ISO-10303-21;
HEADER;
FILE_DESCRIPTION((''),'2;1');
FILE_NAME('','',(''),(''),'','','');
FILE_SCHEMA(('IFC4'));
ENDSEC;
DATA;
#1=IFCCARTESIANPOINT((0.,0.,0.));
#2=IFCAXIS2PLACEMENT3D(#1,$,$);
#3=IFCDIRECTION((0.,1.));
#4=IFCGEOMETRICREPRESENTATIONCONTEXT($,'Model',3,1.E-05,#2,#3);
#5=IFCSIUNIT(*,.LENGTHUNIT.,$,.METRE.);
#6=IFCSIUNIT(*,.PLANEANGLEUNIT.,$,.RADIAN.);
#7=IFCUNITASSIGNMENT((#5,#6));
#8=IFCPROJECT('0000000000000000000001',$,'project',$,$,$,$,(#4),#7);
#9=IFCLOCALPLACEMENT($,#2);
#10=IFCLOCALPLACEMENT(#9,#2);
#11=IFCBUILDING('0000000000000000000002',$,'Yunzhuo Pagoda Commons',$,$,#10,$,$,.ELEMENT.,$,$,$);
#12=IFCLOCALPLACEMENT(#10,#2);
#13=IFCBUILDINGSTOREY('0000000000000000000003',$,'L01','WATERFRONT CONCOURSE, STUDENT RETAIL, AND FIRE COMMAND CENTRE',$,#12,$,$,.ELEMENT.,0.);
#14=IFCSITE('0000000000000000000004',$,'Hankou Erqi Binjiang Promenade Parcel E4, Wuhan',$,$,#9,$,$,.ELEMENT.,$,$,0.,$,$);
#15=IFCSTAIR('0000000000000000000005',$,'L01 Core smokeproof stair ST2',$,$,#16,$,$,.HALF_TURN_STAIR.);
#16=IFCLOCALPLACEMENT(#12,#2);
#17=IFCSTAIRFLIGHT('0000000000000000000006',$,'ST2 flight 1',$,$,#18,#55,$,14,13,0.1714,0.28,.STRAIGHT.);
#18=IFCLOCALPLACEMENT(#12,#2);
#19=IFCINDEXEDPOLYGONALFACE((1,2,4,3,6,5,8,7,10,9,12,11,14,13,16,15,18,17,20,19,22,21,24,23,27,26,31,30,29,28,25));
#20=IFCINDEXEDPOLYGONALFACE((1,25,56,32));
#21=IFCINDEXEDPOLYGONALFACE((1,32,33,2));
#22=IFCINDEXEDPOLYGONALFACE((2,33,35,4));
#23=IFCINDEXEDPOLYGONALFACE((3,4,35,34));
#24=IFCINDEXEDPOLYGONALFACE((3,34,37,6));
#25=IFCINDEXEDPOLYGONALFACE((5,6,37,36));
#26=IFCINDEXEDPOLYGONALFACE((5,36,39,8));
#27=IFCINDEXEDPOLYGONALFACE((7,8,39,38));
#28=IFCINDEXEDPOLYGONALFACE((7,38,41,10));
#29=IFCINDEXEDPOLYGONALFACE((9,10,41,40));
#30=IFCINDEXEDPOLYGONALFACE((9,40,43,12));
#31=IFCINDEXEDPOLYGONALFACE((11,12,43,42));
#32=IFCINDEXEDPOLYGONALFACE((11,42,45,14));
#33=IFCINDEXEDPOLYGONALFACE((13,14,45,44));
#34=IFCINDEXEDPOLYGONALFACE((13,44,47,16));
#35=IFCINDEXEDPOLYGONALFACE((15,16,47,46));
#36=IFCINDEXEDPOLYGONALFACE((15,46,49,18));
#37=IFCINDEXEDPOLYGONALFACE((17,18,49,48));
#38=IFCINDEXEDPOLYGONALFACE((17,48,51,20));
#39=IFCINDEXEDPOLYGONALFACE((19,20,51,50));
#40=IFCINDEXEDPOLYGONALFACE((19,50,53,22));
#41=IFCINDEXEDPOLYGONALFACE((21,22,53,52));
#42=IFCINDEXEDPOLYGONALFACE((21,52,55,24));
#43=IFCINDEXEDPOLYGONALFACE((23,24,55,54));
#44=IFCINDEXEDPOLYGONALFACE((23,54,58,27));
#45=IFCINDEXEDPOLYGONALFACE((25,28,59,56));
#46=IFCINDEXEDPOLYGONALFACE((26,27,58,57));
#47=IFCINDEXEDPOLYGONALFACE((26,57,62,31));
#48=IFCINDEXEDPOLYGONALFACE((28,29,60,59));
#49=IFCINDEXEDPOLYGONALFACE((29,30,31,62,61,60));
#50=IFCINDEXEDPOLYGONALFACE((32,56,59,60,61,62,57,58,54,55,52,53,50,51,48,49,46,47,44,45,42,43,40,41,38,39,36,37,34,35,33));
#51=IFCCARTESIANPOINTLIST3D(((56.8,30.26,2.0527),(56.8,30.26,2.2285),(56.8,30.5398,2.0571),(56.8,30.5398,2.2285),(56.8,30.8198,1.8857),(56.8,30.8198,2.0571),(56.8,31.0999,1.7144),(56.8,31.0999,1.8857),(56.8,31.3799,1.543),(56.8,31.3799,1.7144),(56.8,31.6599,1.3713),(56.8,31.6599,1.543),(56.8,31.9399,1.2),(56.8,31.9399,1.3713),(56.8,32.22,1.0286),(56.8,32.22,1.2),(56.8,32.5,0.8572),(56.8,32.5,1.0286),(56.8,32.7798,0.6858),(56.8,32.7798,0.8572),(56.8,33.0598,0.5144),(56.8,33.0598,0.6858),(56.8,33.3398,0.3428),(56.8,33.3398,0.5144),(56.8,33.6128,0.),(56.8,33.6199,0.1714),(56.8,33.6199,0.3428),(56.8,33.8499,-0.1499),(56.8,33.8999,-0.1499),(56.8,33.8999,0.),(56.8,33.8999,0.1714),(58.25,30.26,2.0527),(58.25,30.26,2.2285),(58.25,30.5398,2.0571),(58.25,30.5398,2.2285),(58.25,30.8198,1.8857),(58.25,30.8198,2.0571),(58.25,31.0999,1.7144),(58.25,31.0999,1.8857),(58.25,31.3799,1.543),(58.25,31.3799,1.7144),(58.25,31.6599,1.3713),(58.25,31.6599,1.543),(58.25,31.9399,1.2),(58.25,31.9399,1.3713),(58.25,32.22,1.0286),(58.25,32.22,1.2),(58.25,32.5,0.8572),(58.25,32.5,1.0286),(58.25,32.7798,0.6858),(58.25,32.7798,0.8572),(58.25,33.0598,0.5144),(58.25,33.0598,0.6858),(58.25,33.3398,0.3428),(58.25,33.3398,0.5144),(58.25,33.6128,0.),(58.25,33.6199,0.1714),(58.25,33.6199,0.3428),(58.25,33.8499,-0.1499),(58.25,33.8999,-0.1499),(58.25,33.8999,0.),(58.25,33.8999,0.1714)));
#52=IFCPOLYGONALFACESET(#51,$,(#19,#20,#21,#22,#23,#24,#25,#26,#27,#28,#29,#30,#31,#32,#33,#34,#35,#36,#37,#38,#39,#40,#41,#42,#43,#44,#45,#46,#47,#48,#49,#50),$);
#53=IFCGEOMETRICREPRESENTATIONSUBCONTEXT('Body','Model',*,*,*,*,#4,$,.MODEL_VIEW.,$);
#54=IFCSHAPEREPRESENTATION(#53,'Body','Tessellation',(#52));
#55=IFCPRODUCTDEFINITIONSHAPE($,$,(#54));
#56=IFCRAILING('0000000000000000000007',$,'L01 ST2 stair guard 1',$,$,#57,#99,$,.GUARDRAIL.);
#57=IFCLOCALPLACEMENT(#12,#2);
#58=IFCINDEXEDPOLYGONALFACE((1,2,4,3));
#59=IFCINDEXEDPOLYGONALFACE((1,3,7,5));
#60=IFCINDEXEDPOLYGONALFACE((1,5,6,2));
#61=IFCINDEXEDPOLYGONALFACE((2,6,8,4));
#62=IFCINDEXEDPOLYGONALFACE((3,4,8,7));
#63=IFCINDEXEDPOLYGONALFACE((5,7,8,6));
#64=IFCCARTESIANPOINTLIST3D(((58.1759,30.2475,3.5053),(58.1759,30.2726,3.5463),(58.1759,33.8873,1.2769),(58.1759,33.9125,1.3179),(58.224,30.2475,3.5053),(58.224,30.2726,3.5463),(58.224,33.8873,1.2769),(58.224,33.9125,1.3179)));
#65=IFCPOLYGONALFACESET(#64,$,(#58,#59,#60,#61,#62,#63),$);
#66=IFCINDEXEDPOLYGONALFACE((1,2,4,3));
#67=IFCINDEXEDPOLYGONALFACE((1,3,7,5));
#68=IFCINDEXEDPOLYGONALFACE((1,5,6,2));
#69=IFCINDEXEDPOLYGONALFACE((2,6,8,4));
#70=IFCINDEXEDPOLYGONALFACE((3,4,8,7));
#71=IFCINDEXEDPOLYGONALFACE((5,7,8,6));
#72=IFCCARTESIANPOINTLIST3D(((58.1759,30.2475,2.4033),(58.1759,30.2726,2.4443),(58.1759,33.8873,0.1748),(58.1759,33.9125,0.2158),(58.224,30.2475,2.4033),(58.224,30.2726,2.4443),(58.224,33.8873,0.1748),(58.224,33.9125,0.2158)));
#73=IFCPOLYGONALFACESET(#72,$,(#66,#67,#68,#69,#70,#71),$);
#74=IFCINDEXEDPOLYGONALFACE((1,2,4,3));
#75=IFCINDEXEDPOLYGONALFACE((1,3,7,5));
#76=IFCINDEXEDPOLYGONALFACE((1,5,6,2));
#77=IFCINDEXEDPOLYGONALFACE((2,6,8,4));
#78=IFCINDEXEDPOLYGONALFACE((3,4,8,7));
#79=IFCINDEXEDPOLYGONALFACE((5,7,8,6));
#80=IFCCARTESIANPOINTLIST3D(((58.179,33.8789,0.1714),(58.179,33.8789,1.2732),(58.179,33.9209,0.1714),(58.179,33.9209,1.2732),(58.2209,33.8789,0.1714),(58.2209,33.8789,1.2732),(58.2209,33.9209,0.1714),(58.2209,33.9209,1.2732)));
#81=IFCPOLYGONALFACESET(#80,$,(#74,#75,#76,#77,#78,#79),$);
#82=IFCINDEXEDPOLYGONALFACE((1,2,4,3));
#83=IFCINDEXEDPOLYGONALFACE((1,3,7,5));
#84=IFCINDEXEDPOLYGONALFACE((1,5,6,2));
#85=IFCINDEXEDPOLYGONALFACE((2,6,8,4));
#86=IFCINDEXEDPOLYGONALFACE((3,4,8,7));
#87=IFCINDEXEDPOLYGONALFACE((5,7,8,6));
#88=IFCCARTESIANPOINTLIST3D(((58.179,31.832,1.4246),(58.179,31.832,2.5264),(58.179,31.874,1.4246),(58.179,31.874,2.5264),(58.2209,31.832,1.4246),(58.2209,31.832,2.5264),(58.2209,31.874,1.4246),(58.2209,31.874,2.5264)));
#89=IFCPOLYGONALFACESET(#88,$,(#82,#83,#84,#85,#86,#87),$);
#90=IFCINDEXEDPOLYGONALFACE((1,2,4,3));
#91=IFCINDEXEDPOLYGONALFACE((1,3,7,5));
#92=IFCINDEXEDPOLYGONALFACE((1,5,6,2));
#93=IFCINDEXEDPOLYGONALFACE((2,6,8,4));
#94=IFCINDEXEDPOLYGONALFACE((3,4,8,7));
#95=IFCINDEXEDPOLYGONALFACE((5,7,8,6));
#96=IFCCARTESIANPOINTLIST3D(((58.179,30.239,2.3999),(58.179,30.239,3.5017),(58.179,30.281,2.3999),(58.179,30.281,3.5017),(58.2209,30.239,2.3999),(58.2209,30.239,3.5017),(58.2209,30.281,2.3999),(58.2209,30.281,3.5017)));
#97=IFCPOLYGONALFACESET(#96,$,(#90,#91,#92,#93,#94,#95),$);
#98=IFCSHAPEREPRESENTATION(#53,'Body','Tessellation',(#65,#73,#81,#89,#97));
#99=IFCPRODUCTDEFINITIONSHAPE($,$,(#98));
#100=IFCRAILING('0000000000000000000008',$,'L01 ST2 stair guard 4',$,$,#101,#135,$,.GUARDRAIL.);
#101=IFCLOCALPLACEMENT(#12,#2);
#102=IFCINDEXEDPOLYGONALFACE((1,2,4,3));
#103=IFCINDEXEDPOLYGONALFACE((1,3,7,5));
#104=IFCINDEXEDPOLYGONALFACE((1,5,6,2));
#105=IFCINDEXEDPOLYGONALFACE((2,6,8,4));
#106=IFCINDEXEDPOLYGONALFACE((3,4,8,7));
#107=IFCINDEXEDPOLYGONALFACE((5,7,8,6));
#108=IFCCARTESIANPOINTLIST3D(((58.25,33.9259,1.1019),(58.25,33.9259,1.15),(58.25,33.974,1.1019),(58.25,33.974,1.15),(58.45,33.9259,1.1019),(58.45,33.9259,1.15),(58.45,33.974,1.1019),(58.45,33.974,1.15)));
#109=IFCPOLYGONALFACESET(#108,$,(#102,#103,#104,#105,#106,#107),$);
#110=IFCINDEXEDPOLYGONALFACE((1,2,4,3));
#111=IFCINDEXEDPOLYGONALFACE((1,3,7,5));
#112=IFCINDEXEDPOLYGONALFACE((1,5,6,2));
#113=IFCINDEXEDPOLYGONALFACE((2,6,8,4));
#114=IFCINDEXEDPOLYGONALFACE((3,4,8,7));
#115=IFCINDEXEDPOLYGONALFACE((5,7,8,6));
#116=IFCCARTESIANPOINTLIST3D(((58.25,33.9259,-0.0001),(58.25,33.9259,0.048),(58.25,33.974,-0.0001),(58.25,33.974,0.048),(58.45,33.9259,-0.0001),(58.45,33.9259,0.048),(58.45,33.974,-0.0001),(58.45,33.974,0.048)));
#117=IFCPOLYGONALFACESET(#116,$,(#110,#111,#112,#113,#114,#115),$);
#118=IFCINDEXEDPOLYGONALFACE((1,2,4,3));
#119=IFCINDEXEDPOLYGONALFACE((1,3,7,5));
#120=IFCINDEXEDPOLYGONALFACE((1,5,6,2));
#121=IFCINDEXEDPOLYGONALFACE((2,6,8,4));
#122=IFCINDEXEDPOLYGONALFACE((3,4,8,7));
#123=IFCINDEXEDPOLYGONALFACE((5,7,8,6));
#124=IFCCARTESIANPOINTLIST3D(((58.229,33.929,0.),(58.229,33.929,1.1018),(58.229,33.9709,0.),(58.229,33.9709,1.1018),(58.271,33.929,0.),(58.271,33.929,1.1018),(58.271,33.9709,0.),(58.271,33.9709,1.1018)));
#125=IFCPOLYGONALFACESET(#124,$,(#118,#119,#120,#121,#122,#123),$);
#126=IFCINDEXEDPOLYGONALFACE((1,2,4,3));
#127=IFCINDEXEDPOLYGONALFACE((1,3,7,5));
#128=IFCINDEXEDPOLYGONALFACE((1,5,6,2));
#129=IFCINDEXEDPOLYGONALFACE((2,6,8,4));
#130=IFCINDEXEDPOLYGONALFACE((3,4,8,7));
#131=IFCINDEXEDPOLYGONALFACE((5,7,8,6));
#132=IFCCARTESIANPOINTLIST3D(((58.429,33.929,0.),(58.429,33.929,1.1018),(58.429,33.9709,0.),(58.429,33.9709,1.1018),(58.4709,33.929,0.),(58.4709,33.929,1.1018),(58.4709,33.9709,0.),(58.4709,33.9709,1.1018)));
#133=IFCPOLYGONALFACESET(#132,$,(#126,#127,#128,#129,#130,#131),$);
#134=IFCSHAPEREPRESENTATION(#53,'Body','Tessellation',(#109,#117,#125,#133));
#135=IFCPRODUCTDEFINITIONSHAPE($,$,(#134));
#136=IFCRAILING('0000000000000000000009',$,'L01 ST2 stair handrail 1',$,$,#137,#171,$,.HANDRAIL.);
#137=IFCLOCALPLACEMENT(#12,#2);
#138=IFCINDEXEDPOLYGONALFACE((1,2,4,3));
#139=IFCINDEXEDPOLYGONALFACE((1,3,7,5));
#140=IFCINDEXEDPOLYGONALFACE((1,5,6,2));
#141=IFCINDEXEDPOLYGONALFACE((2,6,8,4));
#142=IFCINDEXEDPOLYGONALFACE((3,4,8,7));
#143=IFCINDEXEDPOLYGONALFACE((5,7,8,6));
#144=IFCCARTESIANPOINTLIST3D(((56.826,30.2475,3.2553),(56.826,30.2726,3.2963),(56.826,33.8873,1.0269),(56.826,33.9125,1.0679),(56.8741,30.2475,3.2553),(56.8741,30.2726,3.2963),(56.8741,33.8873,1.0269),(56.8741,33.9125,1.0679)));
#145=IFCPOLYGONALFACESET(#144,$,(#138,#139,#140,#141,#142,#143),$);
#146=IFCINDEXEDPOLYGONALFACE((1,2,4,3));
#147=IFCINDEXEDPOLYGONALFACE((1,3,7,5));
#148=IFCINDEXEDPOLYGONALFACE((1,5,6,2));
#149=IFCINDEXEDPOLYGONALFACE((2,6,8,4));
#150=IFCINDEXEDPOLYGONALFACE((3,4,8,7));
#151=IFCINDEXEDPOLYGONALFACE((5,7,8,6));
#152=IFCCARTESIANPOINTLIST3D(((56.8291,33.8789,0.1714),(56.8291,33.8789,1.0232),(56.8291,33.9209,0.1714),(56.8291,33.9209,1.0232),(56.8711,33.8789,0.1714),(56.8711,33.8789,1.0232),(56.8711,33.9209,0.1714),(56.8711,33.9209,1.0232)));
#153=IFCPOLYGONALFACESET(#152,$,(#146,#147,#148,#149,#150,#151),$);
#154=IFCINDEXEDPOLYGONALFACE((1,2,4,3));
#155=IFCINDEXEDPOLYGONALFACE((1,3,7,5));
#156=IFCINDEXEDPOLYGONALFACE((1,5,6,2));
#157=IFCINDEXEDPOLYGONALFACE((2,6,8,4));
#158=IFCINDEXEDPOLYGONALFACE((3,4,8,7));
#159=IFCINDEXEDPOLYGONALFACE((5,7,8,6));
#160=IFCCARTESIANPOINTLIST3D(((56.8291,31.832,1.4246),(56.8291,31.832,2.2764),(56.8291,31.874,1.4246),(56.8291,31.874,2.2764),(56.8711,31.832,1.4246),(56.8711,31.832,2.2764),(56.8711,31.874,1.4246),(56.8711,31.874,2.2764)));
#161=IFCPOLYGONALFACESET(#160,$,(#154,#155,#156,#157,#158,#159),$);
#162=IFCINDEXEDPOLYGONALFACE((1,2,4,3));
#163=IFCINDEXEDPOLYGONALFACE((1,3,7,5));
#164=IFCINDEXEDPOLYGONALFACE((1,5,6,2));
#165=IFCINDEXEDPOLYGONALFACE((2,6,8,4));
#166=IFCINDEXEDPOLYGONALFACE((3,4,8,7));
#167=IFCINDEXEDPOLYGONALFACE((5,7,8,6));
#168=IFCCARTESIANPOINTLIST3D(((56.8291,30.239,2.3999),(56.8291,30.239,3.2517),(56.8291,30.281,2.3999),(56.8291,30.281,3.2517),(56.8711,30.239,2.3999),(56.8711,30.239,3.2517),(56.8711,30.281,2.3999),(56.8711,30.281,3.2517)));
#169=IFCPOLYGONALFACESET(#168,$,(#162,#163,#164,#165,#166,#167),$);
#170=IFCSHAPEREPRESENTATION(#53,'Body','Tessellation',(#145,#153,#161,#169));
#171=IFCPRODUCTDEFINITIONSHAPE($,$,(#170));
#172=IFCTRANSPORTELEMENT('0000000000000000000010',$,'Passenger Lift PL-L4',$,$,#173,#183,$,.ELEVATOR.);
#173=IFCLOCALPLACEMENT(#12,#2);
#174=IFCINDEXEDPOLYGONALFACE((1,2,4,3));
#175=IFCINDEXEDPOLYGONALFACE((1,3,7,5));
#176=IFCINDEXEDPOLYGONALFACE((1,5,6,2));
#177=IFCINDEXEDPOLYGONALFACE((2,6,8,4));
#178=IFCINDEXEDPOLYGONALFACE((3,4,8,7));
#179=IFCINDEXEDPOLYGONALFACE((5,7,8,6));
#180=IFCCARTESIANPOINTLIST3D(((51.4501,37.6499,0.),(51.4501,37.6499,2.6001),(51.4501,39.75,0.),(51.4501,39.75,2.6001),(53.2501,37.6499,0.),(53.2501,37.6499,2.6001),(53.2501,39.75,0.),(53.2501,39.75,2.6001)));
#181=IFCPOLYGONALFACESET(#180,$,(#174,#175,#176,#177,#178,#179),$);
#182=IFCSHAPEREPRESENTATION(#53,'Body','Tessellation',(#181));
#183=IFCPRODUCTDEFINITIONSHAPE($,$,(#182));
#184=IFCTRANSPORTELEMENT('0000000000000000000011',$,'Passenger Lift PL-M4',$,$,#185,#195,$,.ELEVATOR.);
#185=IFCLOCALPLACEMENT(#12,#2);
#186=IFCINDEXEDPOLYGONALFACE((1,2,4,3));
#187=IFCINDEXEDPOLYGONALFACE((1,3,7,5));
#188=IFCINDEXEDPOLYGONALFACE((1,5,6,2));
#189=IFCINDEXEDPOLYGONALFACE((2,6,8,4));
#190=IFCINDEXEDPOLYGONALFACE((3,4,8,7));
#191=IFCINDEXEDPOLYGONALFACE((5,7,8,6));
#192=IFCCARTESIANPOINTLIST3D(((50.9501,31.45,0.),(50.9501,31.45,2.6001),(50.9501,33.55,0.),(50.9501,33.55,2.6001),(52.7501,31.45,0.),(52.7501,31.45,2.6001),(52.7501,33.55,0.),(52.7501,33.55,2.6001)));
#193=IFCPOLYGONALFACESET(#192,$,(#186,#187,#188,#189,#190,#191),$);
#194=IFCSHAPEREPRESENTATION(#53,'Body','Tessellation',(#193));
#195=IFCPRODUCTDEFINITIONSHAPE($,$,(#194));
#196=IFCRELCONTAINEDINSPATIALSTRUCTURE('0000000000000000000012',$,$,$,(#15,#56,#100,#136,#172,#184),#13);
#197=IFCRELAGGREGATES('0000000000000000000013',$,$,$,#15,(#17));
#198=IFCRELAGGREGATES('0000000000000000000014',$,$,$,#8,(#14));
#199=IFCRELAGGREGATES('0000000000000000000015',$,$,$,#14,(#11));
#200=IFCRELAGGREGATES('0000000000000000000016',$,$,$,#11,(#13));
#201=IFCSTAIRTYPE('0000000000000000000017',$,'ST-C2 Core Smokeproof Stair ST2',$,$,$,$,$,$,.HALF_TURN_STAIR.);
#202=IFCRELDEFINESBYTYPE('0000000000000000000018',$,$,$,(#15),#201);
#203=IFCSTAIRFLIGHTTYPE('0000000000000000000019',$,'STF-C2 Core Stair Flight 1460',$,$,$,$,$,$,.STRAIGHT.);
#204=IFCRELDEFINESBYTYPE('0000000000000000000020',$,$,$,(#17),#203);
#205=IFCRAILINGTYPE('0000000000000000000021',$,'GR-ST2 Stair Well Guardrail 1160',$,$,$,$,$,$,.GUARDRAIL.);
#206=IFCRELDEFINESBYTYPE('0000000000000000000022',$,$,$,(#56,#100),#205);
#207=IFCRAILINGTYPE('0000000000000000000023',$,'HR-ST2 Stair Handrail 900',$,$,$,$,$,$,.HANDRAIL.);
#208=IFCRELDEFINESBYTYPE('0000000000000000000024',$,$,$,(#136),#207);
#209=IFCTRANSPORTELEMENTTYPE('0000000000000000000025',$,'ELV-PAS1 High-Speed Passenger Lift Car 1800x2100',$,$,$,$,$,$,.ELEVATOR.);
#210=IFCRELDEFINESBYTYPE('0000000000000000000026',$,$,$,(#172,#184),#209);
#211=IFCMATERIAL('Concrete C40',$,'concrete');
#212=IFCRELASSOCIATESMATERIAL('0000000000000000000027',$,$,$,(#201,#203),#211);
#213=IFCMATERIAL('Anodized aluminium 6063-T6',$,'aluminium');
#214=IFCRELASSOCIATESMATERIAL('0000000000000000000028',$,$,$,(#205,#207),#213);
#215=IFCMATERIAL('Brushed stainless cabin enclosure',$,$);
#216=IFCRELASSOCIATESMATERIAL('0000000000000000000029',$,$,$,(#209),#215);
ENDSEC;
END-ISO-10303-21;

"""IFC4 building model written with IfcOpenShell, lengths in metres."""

from ifc_helpers import new_model, si_unit, direction, frame, origin, origin_2d, place, context, subcontext, project, spatial, polyline, rectangle, outline, extrude, source, transform, mapped, material, type_object, element, aggregate, save


model = new_model("IFC4")

# Units and contexts
model_context = context("Model", 3, precision=1e-05, world=origin(), true_north=direction((0.0, 1.0)))
body_context = subcontext(model_context, "Body", "Model", "MODEL_VIEW")
ifc_project = project(units=[si_unit("LENGTHUNIT", "METRE"), si_unit("PLANEANGLEUNIT", "RADIAN")], contexts=[model_context])

# Site, building, storey
site_placement = place(None, origin())
site = spatial("IfcSite", under=ifc_project, at=site_placement, Name="Hankou Erqi Binjiang Promenade Parcel E4, Wuhan", CompositionType="ELEMENT", RefElevation=0.0)
building_placement = place(site_placement, origin())
building = spatial("IfcBuilding", under=site, at=building_placement, Name="Yunzhuo Pagoda Commons", CompositionType="ELEMENT")
storey_placement = place(building_placement, origin())
storey = spatial("IfcBuildingStorey", under=building, at=storey_placement, Name="L01", Description="WATERFRONT CONCOURSE, STUDENT RETAIL, AND FIRE COMMAND CENTRE", CompositionType="ELEMENT", Elevation=0.0)

# Shared definitions
ifc_material_1 = material(Name="Concrete C40", Category="concrete")

# Stair, stair flight
stair_type = type_object("IfcStairType", Name="ST-C2 Core Smokeproof Stair ST2", PredefinedType="HALF_TURN_STAIR", material=ifc_material_1)
stair_placement = place(storey_placement, origin())
stair = element("IfcStair", 1, at=stair_placement, inside=storey, type_object=stair_type, Name="L01 Core smokeproof stair ST2", PredefinedType="HALF_TURN_STAIR")
stair_flight_type = type_object("IfcStairFlightType", Name="STF-C2 Core Stair Flight 1460", PredefinedType="STRAIGHT", material=ifc_material_1)
shared_shape_1 = source(origin(), body_context, "Body", "SweptSolid", [
    extrude(outline(polyline([(0.0, -0.1499), (0.0, 0.0), (0.0, 0.1714), (0.28, 0.1714), (0.28, 0.3428), (0.5601, 0.3428), (0.5601, 0.5144), (0.8401, 0.5144), (0.8401, 0.6858), (1.1201, 0.6858), (1.1201, 0.8572), (1.3999, 0.8572), (1.3999, 1.0286), (1.6799, 1.0286), (1.6799, 1.2), (1.96, 1.2), (1.96, 1.3713), (2.24, 1.3713), (2.24, 1.543), (2.52, 1.543), (2.52, 1.7144), (2.8, 1.7144), (2.8, 1.8857), (3.0801, 1.8857), (3.0801, 2.0571), (3.3601, 2.0571), (3.3601, 2.2285), (3.6399, 2.2285), (3.6399, 2.3999), (3.6399, 2.0527), (0.2871, 0.0), (0.05, -0.1499), (0.0, -0.1499)])), frame((0.0, 0.7251, 0.0), z_axis=(0.0, -1.0, 0.0), x_axis=(1.0, 0.0, 0.0)), (0.0, 0.0, 1.0), 1.45),
])
stair_flight_placement = place(storey_placement, frame((57.5249, 33.8999, 0.0), z_axis=(0.0, 0.0, 1.0), x_axis=(0.0, -1.0, 0.0)))
stair_flight = element("IfcStairFlight", 2, at=stair_flight_placement, type_object=stair_flight_type, Name="ST2 flight 1", NumberOfRisers=14, NumberOfTreads=13, PredefinedType="STRAIGHT", RiserHeight=0.1714, TreadLength=0.28, context=body_context, shape_type="MappedRepresentation", body=[
    mapped(shared_shape_1, transform((0.0, 0.0, 0.0), scale=1.0)),
])
aggregate(stair, [stair_flight])

# Railings
ifc_material_2 = material(Name="Anodized aluminium 6063-T6", Category="aluminium")
railing_type_1 = type_object("IfcRailingType", Name="GR-ST2 Stair Well Guardrail 1160", PredefinedType="GUARDRAIL", material=ifc_material_2)
railing_1_placement = place(storey_placement, frame((58.2, 33.8999, 0.1714)))
element("IfcRailing", 3, at=railing_1_placement, inside=storey, type_object=railing_type_1, Name="L01 ST2 stair guard 1", PredefinedType="GUARDRAIL", context=body_context, shape_type="SweptSolid", body=[
    extrude(rectangle(XDim=0.0481, YDim=0.0481, at=origin_2d()), frame((0.0, 0.0, 1.126), z_axis=(0.0, -0.85285, 0.522156), x_axis=(1.0, 0.0, 0.0)), (0.0, 0.0, 1.0), 4.2678),
    extrude(rectangle(XDim=0.0481, YDim=0.0481, at=origin_2d()), frame((0.0, 0.0, 0.0239), z_axis=(0.0, -0.85285, 0.522156), x_axis=(1.0, 0.0, 0.0)), (0.0, 0.0, 1.0), 4.2678),
    extrude(rectangle(XDim=0.042, YDim=0.042, at=origin_2d()), origin(), (0.0, 0.0, 1.0), 1.1018),
    extrude(rectangle(XDim=0.042, YDim=0.042, at=origin_2d()), frame((0.0, -2.0469, 1.2532)), (0.0, 0.0, 1.0), 1.1018),
    extrude(rectangle(XDim=0.042, YDim=0.042, at=origin_2d()), frame((0.0, -3.6399, 2.2285)), (0.0, 0.0, 1.0), 1.1018),
])
railing_2_placement = place(storey_placement, frame((58.25, 33.95, 0.0)))
element("IfcRailing", 4, at=railing_2_placement, inside=storey, type_object=railing_type_1, Name="L01 ST2 stair guard 4", PredefinedType="GUARDRAIL", context=body_context, shape_type="SweptSolid", body=[
    extrude(rectangle(XDim=0.0481, YDim=0.0481, at=origin_2d()), frame((0.0, 0.0, 1.126), z_axis=(1.0, 0.0, 0.0), x_axis=(0.0, 1.0, 0.0)), (0.0, 0.0, 1.0), 0.2),
    extrude(rectangle(XDim=0.0481, YDim=0.0481, at=origin_2d()), frame((0.0, 0.0, 0.0239), z_axis=(1.0, 0.0, 0.0), x_axis=(0.0, 1.0, 0.0)), (0.0, 0.0, 1.0), 0.2),
    extrude(rectangle(XDim=0.042, YDim=0.042, at=origin_2d()), origin(), (0.0, 0.0, 1.0), 1.1018),
    extrude(rectangle(XDim=0.042, YDim=0.042, at=origin_2d()), frame((0.2, 0.0, 0.0)), (0.0, 0.0, 1.0), 1.1018),
])
railing_type_2 = type_object("IfcRailingType", Name="HR-ST2 Stair Handrail 900", PredefinedType="HANDRAIL", material=ifc_material_2)
railing_3_placement = place(storey_placement, frame((56.8501, 33.8999, 0.1714)))
element("IfcRailing", 5, at=railing_3_placement, inside=storey, type_object=railing_type_2, Name="L01 ST2 stair handrail 1", PredefinedType="HANDRAIL", context=body_context, shape_type="SweptSolid", body=[
    extrude(rectangle(XDim=0.0481, YDim=0.0481, at=origin_2d()), frame((0.0, 0.0, 0.876), z_axis=(0.0, -0.85285, 0.522156), x_axis=(1.0, 0.0, 0.0)), (0.0, 0.0, 1.0), 4.2678),
    extrude(rectangle(XDim=0.042, YDim=0.042, at=origin_2d()), origin(), (0.0, 0.0, 1.0), 0.8518),
    extrude(rectangle(XDim=0.042, YDim=0.042, at=origin_2d()), frame((0.0, -2.0469, 1.2532)), (0.0, 0.0, 1.0), 0.8518),
    extrude(rectangle(XDim=0.042, YDim=0.042, at=origin_2d()), frame((0.0, -3.6399, 2.2285)), (0.0, 0.0, 1.0), 0.8518),
])

# Transport elements
ifc_material_3 = material(Name="Brushed stainless cabin enclosure")
transport_element_type = type_object("IfcTransportElementType", Name="ELV-PAS1 High-Speed Passenger Lift Car 1800x2100", PredefinedType="ELEVATOR", material=ifc_material_3)
shared_shape_2 = source(origin(), body_context, "Body", "SweptSolid", [
    extrude(rectangle(XDim=1.8, YDim=2.1001, at=origin_2d()), origin(), (0.0, 0.0, 1.0), 2.6001),
])
for number, where, z_axis, x_axis, name in (
    (6, (52.3501, 38.7, 0.0), (0.0, 0.0, 1.0), (1.0, 0.0, 0.0), "Passenger Lift PL-L4"),
    (7, (51.8501, 32.5, 0.0), (0.0, 0.0, 1.0), (1.0, 0.0, 0.0), "Passenger Lift PL-M4"),
):
    element("IfcTransportElement", number, at=place(storey_placement, frame(where, z_axis=z_axis, x_axis=x_axis)), inside=storey, type_object=transport_element_type, Name=name, PredefinedType="ELEVATOR", context=body_context, shape_type="MappedRepresentation", body=[
        mapped(shared_shape_2, transform((0.0, 0.0, 0.0), scale=1.0)),
    ])

save(model, "model.ifc")
